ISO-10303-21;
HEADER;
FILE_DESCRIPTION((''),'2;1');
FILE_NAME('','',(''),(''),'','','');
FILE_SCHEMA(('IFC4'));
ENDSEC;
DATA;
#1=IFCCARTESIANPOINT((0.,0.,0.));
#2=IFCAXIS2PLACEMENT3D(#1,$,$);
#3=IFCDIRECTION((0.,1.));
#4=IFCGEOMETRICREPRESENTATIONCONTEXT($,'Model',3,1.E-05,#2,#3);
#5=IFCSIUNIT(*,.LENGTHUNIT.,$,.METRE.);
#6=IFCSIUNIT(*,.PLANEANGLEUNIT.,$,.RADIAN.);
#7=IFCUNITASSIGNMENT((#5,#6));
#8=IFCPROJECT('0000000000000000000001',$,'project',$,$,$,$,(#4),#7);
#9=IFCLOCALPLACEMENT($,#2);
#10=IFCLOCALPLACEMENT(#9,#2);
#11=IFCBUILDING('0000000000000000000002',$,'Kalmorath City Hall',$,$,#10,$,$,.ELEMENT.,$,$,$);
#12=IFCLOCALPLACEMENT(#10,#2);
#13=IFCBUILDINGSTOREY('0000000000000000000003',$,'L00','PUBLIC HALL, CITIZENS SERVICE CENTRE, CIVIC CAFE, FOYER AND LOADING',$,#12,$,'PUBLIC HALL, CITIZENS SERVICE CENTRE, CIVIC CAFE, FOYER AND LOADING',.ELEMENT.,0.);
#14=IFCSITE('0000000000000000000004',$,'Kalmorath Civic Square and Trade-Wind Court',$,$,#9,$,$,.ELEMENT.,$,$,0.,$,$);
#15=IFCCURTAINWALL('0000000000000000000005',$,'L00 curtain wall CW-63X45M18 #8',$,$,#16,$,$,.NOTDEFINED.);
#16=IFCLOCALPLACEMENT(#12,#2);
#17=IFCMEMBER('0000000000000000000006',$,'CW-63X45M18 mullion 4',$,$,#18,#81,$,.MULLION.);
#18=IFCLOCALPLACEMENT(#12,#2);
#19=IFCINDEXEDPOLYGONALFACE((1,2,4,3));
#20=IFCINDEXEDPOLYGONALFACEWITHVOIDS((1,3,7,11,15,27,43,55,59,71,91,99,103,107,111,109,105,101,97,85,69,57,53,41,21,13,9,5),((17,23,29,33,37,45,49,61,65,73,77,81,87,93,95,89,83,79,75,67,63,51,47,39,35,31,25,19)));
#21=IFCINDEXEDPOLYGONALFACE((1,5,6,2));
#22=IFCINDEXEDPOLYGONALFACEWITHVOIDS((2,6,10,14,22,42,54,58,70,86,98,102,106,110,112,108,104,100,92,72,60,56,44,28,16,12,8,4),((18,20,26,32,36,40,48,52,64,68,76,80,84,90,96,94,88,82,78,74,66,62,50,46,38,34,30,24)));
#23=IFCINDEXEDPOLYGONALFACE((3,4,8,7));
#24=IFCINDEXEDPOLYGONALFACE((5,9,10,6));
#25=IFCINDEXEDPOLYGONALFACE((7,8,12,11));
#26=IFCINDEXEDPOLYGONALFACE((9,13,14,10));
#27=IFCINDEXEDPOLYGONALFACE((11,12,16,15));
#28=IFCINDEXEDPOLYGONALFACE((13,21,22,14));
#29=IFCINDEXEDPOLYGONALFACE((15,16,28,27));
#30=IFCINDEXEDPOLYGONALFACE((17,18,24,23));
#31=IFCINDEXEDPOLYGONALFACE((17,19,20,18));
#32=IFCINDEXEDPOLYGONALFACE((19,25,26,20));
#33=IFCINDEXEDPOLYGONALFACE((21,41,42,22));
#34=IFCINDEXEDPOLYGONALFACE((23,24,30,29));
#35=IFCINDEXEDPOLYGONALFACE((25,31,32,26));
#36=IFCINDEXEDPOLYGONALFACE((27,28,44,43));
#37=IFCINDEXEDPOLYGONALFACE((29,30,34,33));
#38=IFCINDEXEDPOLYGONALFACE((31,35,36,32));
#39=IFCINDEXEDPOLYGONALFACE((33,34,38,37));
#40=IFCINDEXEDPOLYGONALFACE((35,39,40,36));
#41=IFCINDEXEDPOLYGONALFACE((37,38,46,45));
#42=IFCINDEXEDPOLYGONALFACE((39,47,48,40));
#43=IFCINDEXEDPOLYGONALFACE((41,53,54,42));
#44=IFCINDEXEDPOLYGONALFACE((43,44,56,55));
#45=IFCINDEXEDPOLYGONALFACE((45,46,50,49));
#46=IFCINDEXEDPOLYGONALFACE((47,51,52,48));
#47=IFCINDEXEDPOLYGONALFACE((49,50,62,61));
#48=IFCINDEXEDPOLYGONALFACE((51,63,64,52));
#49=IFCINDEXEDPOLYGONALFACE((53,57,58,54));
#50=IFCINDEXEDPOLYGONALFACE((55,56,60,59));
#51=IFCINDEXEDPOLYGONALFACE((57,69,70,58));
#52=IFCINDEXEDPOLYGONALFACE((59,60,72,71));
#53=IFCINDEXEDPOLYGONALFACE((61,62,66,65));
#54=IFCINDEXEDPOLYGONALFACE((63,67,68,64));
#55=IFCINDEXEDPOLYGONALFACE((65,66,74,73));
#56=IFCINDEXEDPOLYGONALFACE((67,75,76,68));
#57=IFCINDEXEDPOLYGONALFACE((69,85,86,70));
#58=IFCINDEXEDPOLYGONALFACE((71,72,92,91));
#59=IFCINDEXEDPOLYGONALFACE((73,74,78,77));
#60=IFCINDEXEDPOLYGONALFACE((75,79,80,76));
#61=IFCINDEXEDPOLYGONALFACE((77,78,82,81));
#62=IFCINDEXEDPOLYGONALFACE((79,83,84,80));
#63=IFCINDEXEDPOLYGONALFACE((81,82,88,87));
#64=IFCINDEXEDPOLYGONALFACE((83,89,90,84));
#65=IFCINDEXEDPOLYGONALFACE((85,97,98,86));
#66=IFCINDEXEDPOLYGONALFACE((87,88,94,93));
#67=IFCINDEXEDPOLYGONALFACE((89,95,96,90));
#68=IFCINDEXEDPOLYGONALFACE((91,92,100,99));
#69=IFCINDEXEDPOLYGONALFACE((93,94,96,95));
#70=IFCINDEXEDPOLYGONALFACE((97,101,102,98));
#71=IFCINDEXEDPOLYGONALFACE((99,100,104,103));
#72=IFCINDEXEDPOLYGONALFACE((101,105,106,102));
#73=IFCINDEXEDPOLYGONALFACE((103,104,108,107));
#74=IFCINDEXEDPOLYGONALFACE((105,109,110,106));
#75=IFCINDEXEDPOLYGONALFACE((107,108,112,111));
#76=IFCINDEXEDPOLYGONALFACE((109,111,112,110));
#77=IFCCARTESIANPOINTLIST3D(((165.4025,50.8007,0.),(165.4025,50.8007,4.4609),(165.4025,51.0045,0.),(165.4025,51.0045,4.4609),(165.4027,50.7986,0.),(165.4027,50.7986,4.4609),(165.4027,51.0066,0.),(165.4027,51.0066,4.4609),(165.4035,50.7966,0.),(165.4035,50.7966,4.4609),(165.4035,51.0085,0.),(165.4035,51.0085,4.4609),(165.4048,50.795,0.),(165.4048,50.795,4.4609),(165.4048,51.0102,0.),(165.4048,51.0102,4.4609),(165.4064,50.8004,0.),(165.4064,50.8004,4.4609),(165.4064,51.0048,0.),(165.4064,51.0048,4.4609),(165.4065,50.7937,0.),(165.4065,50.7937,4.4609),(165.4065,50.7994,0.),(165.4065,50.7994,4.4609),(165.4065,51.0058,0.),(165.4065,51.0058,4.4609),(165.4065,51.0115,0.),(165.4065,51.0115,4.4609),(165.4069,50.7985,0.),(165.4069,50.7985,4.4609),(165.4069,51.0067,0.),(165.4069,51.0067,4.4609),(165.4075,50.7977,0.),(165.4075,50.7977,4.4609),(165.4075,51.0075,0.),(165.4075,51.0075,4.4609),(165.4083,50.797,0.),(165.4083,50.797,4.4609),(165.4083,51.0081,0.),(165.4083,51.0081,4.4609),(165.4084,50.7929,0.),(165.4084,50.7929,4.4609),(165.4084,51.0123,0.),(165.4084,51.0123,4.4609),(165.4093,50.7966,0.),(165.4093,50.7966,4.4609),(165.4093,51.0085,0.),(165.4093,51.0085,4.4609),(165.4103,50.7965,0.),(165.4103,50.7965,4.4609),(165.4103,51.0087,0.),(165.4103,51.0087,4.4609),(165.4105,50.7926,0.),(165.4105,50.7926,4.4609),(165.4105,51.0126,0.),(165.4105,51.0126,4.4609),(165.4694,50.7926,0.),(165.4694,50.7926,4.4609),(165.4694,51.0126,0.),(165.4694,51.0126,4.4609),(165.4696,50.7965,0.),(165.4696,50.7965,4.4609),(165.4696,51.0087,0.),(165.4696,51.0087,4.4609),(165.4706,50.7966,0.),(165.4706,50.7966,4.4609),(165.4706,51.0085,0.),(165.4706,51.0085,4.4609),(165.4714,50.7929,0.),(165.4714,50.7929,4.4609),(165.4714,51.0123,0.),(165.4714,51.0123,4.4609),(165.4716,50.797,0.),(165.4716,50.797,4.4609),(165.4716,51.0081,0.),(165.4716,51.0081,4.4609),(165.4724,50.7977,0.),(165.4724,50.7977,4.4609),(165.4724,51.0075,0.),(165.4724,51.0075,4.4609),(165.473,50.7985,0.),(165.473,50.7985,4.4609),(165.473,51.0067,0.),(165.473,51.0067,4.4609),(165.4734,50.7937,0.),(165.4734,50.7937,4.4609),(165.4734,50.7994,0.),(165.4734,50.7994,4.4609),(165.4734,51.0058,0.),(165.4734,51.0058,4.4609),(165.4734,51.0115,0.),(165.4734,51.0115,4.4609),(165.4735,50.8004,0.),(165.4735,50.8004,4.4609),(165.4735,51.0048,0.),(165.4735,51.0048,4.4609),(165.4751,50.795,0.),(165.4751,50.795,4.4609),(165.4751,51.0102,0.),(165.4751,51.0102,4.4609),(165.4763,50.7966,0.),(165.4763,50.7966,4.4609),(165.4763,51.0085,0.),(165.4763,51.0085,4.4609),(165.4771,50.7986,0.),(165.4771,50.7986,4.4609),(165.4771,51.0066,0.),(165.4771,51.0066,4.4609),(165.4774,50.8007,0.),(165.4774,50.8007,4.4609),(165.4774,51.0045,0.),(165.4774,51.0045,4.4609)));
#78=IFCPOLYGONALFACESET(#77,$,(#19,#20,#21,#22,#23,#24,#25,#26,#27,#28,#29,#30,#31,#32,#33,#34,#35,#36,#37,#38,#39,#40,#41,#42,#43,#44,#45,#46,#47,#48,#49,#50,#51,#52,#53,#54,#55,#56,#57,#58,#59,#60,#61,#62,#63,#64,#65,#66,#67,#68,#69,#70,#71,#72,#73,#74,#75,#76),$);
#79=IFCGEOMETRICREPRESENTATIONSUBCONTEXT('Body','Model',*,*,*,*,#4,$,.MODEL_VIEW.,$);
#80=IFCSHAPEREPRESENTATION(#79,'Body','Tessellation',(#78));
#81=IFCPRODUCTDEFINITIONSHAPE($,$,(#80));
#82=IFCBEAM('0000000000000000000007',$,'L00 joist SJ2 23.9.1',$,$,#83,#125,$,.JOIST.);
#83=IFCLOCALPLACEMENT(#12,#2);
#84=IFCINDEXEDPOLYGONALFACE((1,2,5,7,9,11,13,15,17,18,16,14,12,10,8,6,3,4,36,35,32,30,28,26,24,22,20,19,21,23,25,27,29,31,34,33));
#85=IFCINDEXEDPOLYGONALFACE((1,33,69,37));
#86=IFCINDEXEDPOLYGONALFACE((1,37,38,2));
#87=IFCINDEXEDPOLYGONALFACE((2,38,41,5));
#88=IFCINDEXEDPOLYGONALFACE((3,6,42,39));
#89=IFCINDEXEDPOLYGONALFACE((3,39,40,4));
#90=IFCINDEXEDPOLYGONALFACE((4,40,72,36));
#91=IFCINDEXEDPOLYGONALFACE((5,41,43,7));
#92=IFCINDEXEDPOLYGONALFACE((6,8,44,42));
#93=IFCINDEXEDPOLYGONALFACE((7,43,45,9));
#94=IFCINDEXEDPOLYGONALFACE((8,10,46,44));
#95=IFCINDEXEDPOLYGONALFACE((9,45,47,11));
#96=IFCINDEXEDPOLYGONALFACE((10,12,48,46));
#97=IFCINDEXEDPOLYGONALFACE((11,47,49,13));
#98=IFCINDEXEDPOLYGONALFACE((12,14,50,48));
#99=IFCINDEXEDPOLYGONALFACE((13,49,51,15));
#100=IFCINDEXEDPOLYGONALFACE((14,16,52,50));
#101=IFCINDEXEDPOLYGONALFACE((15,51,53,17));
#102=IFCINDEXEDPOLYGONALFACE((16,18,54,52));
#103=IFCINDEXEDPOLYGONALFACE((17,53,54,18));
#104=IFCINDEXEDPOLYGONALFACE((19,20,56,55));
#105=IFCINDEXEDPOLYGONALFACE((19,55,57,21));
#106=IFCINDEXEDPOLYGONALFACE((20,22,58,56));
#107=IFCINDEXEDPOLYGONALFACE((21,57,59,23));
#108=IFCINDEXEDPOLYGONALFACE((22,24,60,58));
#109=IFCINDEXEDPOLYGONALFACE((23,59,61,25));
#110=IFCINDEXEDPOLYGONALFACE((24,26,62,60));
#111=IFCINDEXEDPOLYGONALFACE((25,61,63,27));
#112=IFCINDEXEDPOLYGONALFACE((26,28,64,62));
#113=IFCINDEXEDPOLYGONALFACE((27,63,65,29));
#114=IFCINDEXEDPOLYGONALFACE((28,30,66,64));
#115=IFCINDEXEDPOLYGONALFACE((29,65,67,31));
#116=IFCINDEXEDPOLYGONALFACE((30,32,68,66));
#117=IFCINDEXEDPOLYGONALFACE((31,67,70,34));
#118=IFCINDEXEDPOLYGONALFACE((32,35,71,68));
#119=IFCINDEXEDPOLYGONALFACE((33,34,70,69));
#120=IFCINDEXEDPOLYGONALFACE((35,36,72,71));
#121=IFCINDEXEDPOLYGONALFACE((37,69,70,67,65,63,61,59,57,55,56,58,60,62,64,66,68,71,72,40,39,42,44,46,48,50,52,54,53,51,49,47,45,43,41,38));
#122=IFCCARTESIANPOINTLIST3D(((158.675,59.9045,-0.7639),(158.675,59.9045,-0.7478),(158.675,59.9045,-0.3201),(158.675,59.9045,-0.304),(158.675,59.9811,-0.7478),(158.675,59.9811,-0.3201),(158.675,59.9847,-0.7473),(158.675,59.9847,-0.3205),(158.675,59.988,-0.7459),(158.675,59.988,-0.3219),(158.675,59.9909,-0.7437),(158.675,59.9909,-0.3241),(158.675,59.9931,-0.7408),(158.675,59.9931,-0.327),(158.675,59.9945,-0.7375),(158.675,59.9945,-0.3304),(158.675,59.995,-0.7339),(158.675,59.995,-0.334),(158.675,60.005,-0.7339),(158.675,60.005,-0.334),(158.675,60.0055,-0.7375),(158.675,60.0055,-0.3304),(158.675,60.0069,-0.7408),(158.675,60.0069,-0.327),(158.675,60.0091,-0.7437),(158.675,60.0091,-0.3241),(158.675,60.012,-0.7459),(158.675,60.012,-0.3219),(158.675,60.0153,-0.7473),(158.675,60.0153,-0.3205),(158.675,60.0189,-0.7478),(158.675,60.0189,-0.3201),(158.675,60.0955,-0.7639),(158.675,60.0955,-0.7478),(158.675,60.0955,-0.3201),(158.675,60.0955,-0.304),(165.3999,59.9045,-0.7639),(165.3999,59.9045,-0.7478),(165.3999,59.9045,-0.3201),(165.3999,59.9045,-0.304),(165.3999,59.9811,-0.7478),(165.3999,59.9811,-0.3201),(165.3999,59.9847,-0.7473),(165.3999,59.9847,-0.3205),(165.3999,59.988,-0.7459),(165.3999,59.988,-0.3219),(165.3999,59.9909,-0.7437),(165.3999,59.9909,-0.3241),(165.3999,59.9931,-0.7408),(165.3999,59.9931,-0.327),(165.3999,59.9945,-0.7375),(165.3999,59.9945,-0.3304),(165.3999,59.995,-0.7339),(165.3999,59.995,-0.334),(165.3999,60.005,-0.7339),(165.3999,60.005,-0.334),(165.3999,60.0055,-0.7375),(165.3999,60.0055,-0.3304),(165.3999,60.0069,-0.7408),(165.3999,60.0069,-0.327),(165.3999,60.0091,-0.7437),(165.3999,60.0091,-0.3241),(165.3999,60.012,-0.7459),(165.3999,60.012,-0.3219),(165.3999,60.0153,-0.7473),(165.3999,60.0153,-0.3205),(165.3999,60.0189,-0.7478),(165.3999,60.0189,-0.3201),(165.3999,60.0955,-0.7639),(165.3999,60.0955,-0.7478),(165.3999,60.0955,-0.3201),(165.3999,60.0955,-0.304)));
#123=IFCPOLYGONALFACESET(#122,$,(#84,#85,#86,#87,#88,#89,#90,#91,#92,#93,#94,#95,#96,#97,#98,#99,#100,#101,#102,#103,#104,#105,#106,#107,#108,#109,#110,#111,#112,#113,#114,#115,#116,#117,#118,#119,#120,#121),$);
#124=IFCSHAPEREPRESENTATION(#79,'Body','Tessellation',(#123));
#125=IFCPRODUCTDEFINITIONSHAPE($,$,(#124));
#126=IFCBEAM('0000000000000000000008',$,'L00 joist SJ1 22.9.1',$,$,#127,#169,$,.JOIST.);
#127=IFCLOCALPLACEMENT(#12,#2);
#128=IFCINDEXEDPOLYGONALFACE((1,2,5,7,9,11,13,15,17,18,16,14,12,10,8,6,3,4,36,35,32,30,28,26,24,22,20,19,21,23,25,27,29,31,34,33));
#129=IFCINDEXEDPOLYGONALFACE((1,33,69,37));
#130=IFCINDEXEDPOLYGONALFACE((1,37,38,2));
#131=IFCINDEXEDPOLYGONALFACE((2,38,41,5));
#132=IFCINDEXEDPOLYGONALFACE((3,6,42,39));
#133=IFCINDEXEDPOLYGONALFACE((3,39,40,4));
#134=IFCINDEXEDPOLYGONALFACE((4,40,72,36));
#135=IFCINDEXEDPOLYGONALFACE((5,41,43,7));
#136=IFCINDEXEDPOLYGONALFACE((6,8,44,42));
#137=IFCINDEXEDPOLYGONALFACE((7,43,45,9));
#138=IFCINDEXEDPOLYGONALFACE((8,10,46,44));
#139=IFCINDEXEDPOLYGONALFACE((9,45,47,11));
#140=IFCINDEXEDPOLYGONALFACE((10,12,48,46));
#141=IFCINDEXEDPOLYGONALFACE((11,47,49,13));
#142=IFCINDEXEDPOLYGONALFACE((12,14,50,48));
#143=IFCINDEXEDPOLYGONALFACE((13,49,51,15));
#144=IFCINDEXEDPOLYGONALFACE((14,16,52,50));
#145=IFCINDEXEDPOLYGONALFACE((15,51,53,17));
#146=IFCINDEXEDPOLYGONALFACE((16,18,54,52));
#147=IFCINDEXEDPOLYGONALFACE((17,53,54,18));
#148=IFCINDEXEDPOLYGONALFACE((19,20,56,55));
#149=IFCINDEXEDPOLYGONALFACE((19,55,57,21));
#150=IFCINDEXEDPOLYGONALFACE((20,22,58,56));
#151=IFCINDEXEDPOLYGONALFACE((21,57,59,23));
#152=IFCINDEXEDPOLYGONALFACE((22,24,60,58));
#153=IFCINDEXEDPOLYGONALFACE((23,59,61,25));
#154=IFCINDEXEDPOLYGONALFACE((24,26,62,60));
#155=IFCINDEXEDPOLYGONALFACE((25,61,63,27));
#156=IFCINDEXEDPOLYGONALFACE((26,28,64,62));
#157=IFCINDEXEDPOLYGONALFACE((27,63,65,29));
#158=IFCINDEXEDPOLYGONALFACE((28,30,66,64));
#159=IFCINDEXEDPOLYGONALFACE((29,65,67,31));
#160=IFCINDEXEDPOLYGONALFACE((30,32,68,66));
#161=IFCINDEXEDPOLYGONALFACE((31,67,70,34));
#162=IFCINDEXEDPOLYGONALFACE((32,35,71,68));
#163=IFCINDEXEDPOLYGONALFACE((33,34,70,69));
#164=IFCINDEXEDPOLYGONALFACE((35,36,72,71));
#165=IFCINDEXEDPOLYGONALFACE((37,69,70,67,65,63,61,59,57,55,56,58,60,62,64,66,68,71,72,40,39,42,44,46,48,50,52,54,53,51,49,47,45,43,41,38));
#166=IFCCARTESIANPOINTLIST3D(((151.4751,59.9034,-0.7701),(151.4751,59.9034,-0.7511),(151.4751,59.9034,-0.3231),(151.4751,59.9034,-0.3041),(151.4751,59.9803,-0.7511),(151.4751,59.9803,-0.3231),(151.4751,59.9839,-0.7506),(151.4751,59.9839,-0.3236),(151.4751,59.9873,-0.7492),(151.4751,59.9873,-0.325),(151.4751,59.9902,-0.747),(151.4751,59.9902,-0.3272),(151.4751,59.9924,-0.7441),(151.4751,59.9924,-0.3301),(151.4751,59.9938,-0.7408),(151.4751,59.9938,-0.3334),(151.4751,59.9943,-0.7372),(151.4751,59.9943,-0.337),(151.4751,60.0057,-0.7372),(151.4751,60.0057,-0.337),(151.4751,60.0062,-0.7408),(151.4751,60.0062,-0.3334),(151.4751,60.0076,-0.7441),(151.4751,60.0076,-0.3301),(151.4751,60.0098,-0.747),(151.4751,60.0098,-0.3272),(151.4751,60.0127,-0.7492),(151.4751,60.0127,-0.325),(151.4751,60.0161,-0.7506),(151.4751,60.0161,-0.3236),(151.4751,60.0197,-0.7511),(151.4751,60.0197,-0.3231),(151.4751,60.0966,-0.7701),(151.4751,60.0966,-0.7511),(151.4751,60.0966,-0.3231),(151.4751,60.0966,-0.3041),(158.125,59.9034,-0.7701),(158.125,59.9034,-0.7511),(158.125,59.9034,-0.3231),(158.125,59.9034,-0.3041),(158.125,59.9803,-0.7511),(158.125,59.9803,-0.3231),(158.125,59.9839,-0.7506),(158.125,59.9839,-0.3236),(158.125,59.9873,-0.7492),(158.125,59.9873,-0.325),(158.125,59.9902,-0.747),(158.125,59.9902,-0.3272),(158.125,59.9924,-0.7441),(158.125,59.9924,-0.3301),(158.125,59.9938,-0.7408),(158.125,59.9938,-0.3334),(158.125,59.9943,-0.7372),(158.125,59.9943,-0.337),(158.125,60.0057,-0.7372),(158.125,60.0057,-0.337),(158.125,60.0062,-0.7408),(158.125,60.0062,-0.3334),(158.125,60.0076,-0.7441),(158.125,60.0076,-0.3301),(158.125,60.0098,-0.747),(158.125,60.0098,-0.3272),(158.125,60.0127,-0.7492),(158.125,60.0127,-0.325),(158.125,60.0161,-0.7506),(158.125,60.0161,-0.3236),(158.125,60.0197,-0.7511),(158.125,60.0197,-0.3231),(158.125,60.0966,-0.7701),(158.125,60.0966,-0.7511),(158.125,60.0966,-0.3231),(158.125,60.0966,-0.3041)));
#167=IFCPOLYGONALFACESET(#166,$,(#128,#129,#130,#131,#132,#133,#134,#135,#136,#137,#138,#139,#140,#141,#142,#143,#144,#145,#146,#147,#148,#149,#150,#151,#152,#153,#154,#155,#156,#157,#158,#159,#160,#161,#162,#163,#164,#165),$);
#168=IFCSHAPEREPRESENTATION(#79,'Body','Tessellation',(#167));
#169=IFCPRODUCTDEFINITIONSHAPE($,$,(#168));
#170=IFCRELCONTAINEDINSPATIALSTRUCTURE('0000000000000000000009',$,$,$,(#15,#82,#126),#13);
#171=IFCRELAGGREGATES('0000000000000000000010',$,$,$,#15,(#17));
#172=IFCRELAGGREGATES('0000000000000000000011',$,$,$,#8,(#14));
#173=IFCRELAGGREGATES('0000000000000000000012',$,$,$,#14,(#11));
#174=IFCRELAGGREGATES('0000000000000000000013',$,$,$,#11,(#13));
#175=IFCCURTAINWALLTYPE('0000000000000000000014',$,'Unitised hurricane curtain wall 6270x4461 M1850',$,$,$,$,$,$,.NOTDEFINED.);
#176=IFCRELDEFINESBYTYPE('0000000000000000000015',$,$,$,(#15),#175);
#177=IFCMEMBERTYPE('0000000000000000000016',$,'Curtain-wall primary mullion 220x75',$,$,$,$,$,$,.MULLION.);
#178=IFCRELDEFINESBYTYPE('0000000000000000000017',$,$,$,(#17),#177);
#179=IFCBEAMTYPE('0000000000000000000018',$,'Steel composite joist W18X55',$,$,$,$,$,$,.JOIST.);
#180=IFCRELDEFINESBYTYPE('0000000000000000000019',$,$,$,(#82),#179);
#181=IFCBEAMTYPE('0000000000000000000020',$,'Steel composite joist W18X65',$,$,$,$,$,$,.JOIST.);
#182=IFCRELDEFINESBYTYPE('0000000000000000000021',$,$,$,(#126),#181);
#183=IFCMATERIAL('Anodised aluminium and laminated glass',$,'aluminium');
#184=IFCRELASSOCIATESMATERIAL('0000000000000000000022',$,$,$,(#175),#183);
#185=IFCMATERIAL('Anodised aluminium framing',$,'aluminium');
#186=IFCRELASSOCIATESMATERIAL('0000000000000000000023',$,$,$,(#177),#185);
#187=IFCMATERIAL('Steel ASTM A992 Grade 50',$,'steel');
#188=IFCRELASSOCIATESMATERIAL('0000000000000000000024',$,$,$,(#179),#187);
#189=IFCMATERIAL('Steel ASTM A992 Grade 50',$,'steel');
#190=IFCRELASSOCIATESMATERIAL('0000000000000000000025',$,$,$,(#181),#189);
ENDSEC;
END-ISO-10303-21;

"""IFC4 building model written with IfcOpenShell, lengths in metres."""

from ifc_helpers import new_model, si_unit, direction, frame, origin, origin_2d, place, context, subcontext, project, spatial, hollow_rectangle, i_section, extrude, material, material_profile, profile_set, type_object, element, aggregate, save


model = new_model("IFC4")

# Units and contexts
model_context = context("Model", 3, precision=1e-05, world=origin(), true_north=direction((0.0, 1.0)))
body_context = subcontext(model_context, "Body", "Model", "MODEL_VIEW")
ifc_project = project(units=[si_unit("LENGTHUNIT", "METRE"), si_unit("PLANEANGLEUNIT", "RADIAN")], contexts=[model_context])

# Site, building, storey
site_placement = place(None, origin())
site = spatial("IfcSite", under=ifc_project, at=site_placement, Name="Kalmorath Civic Square and Trade-Wind Court", CompositionType="ELEMENT", RefElevation=0.0)
building_placement = place(site_placement, origin())
building = spatial("IfcBuilding", under=site, at=building_placement, Name="Kalmorath City Hall", CompositionType="ELEMENT")
storey_placement = place(building_placement, origin())
storey = spatial("IfcBuildingStorey", under=building, at=storey_placement, Name="L00", Description="PUBLIC HALL, CITIZENS SERVICE CENTRE, CIVIC CAFE, FOYER AND LOADING", LongName="PUBLIC HALL, CITIZENS SERVICE CENTRE, CIVIC CAFE, FOYER AND LOADING", CompositionType="ELEMENT", Elevation=0.0)

# Curtain wall, member
ifc_material_1 = material(Name="Anodised aluminium and laminated glass", Category="aluminium")
curtain_wall_type = type_object("IfcCurtainWallType", Name="Unitised hurricane curtain wall 6270x4461 M1850", PredefinedType="NOTDEFINED", material=ifc_material_1)
curtain_wall_placement = place(storey_placement, origin())
curtain_wall = element("IfcCurtainWall", 1, at=curtain_wall_placement, inside=storey, type_object=curtain_wall_type, Name="L00 curtain wall CW-63X45M18 #8", PredefinedType="NOTDEFINED")
ifc_material_2 = material(Name="Anodised aluminium framing", Category="aluminium")
ifc_material_profile_1 = material_profile(ifc_material_2, hollow_rectangle(XDim=0.075, YDim=0.22, WallThickness=0.0039, InnerFilletRadius=0.0039, OuterFilletRadius=0.0081, at=origin_2d()), Name="ALU-MUL-220X75X4")
ifc_profile_set_1 = profile_set([ifc_material_profile_1], Name="Anodised aluminium framing")
member_type = type_object("IfcMemberType", Name="Curtain-wall primary mullion 220x75", PredefinedType="MULLION", material=ifc_profile_set_1)
member_placement = place(storey_placement, frame((165.4399, 50.9026, 0.0), z_axis=(0.0, 0.0, 1.0), x_axis=(1.0, 0.0, 0.0)))
member = element("IfcMember", 2, at=member_placement, type_object=member_type, Name="CW-63X45M18 mullion 4", PredefinedType="MULLION", context=body_context, shape_type="SweptSolid", body=[
    extrude(hollow_rectangle(XDim=0.075, YDim=0.22, WallThickness=0.0039, InnerFilletRadius=0.0039, OuterFilletRadius=0.0081, at=origin_2d()), origin(), (0.0, 0.0, 1.0), 4.4609),
])

# Beams
ifc_material_3 = material(Name="Steel ASTM A992 Grade 50", Category="steel")
ifc_material_profile_2 = material_profile(ifc_material_3, i_section(OverallWidth=0.1909, OverallDepth=0.46, WebThickness=0.01, FlangeThickness=0.0161, FilletRadius=0.0139, at=origin_2d()), Name="W18X55")
ifc_profile_set_2 = profile_set([ifc_material_profile_2], Name="Steel ASTM A992 Grade 50")
beam_type_1 = type_object("IfcBeamType", Name="Steel composite joist W18X55", PredefinedType="JOIST", material=ifc_profile_set_2)
beam_1_placement = place(storey_placement, frame((158.675, 60.0, -0.5339), z_axis=(1.0, 0.0, 0.0), x_axis=(0.0, 1.0, 0.0)))
element("IfcBeam", 3, at=beam_1_placement, inside=storey, type_object=beam_type_1, Name="L00 joist SJ2 23.9.1", PredefinedType="JOIST", context=body_context, shape_type="SweptSolid", body=[
    extrude(i_section(OverallWidth=0.1909, OverallDepth=0.46, WebThickness=0.01, FlangeThickness=0.0161, FilletRadius=0.0139, at=origin_2d()), origin(), (0.0, 0.0, 1.0), 6.7249),
])
ifc_material_4 = material(Name="Steel ASTM A992 Grade 50", Category="steel")
ifc_material_profile_3 = material_profile(ifc_material_4, i_section(OverallWidth=0.1931, OverallDepth=0.4661, WebThickness=0.0115, FlangeThickness=0.019, FilletRadius=0.0139, at=origin_2d()), Name="W18X65")
ifc_profile_set_3 = profile_set([ifc_material_profile_3], Name="Steel ASTM A992 Grade 50")
beam_type_2 = type_object("IfcBeamType", Name="Steel composite joist W18X65", PredefinedType="JOIST", material=ifc_profile_set_3)
beam_2_placement = place(storey_placement, frame((151.4751, 60.0, -0.5371), z_axis=(1.0, 0.0, 0.0), x_axis=(0.0, 1.0, 0.0)))
element("IfcBeam", 4, at=beam_2_placement, inside=storey, type_object=beam_type_2, Name="L00 joist SJ1 22.9.1", PredefinedType="JOIST", context=body_context, shape_type="SweptSolid", body=[
    extrude(i_section(OverallWidth=0.1931, OverallDepth=0.4661, WebThickness=0.0115, FlangeThickness=0.019, FilletRadius=0.0139, at=origin_2d()), origin(), (0.0, 0.0, 1.0), 6.6499),
])

aggregate(curtain_wall, [member])

save(model, "model.ifc")
